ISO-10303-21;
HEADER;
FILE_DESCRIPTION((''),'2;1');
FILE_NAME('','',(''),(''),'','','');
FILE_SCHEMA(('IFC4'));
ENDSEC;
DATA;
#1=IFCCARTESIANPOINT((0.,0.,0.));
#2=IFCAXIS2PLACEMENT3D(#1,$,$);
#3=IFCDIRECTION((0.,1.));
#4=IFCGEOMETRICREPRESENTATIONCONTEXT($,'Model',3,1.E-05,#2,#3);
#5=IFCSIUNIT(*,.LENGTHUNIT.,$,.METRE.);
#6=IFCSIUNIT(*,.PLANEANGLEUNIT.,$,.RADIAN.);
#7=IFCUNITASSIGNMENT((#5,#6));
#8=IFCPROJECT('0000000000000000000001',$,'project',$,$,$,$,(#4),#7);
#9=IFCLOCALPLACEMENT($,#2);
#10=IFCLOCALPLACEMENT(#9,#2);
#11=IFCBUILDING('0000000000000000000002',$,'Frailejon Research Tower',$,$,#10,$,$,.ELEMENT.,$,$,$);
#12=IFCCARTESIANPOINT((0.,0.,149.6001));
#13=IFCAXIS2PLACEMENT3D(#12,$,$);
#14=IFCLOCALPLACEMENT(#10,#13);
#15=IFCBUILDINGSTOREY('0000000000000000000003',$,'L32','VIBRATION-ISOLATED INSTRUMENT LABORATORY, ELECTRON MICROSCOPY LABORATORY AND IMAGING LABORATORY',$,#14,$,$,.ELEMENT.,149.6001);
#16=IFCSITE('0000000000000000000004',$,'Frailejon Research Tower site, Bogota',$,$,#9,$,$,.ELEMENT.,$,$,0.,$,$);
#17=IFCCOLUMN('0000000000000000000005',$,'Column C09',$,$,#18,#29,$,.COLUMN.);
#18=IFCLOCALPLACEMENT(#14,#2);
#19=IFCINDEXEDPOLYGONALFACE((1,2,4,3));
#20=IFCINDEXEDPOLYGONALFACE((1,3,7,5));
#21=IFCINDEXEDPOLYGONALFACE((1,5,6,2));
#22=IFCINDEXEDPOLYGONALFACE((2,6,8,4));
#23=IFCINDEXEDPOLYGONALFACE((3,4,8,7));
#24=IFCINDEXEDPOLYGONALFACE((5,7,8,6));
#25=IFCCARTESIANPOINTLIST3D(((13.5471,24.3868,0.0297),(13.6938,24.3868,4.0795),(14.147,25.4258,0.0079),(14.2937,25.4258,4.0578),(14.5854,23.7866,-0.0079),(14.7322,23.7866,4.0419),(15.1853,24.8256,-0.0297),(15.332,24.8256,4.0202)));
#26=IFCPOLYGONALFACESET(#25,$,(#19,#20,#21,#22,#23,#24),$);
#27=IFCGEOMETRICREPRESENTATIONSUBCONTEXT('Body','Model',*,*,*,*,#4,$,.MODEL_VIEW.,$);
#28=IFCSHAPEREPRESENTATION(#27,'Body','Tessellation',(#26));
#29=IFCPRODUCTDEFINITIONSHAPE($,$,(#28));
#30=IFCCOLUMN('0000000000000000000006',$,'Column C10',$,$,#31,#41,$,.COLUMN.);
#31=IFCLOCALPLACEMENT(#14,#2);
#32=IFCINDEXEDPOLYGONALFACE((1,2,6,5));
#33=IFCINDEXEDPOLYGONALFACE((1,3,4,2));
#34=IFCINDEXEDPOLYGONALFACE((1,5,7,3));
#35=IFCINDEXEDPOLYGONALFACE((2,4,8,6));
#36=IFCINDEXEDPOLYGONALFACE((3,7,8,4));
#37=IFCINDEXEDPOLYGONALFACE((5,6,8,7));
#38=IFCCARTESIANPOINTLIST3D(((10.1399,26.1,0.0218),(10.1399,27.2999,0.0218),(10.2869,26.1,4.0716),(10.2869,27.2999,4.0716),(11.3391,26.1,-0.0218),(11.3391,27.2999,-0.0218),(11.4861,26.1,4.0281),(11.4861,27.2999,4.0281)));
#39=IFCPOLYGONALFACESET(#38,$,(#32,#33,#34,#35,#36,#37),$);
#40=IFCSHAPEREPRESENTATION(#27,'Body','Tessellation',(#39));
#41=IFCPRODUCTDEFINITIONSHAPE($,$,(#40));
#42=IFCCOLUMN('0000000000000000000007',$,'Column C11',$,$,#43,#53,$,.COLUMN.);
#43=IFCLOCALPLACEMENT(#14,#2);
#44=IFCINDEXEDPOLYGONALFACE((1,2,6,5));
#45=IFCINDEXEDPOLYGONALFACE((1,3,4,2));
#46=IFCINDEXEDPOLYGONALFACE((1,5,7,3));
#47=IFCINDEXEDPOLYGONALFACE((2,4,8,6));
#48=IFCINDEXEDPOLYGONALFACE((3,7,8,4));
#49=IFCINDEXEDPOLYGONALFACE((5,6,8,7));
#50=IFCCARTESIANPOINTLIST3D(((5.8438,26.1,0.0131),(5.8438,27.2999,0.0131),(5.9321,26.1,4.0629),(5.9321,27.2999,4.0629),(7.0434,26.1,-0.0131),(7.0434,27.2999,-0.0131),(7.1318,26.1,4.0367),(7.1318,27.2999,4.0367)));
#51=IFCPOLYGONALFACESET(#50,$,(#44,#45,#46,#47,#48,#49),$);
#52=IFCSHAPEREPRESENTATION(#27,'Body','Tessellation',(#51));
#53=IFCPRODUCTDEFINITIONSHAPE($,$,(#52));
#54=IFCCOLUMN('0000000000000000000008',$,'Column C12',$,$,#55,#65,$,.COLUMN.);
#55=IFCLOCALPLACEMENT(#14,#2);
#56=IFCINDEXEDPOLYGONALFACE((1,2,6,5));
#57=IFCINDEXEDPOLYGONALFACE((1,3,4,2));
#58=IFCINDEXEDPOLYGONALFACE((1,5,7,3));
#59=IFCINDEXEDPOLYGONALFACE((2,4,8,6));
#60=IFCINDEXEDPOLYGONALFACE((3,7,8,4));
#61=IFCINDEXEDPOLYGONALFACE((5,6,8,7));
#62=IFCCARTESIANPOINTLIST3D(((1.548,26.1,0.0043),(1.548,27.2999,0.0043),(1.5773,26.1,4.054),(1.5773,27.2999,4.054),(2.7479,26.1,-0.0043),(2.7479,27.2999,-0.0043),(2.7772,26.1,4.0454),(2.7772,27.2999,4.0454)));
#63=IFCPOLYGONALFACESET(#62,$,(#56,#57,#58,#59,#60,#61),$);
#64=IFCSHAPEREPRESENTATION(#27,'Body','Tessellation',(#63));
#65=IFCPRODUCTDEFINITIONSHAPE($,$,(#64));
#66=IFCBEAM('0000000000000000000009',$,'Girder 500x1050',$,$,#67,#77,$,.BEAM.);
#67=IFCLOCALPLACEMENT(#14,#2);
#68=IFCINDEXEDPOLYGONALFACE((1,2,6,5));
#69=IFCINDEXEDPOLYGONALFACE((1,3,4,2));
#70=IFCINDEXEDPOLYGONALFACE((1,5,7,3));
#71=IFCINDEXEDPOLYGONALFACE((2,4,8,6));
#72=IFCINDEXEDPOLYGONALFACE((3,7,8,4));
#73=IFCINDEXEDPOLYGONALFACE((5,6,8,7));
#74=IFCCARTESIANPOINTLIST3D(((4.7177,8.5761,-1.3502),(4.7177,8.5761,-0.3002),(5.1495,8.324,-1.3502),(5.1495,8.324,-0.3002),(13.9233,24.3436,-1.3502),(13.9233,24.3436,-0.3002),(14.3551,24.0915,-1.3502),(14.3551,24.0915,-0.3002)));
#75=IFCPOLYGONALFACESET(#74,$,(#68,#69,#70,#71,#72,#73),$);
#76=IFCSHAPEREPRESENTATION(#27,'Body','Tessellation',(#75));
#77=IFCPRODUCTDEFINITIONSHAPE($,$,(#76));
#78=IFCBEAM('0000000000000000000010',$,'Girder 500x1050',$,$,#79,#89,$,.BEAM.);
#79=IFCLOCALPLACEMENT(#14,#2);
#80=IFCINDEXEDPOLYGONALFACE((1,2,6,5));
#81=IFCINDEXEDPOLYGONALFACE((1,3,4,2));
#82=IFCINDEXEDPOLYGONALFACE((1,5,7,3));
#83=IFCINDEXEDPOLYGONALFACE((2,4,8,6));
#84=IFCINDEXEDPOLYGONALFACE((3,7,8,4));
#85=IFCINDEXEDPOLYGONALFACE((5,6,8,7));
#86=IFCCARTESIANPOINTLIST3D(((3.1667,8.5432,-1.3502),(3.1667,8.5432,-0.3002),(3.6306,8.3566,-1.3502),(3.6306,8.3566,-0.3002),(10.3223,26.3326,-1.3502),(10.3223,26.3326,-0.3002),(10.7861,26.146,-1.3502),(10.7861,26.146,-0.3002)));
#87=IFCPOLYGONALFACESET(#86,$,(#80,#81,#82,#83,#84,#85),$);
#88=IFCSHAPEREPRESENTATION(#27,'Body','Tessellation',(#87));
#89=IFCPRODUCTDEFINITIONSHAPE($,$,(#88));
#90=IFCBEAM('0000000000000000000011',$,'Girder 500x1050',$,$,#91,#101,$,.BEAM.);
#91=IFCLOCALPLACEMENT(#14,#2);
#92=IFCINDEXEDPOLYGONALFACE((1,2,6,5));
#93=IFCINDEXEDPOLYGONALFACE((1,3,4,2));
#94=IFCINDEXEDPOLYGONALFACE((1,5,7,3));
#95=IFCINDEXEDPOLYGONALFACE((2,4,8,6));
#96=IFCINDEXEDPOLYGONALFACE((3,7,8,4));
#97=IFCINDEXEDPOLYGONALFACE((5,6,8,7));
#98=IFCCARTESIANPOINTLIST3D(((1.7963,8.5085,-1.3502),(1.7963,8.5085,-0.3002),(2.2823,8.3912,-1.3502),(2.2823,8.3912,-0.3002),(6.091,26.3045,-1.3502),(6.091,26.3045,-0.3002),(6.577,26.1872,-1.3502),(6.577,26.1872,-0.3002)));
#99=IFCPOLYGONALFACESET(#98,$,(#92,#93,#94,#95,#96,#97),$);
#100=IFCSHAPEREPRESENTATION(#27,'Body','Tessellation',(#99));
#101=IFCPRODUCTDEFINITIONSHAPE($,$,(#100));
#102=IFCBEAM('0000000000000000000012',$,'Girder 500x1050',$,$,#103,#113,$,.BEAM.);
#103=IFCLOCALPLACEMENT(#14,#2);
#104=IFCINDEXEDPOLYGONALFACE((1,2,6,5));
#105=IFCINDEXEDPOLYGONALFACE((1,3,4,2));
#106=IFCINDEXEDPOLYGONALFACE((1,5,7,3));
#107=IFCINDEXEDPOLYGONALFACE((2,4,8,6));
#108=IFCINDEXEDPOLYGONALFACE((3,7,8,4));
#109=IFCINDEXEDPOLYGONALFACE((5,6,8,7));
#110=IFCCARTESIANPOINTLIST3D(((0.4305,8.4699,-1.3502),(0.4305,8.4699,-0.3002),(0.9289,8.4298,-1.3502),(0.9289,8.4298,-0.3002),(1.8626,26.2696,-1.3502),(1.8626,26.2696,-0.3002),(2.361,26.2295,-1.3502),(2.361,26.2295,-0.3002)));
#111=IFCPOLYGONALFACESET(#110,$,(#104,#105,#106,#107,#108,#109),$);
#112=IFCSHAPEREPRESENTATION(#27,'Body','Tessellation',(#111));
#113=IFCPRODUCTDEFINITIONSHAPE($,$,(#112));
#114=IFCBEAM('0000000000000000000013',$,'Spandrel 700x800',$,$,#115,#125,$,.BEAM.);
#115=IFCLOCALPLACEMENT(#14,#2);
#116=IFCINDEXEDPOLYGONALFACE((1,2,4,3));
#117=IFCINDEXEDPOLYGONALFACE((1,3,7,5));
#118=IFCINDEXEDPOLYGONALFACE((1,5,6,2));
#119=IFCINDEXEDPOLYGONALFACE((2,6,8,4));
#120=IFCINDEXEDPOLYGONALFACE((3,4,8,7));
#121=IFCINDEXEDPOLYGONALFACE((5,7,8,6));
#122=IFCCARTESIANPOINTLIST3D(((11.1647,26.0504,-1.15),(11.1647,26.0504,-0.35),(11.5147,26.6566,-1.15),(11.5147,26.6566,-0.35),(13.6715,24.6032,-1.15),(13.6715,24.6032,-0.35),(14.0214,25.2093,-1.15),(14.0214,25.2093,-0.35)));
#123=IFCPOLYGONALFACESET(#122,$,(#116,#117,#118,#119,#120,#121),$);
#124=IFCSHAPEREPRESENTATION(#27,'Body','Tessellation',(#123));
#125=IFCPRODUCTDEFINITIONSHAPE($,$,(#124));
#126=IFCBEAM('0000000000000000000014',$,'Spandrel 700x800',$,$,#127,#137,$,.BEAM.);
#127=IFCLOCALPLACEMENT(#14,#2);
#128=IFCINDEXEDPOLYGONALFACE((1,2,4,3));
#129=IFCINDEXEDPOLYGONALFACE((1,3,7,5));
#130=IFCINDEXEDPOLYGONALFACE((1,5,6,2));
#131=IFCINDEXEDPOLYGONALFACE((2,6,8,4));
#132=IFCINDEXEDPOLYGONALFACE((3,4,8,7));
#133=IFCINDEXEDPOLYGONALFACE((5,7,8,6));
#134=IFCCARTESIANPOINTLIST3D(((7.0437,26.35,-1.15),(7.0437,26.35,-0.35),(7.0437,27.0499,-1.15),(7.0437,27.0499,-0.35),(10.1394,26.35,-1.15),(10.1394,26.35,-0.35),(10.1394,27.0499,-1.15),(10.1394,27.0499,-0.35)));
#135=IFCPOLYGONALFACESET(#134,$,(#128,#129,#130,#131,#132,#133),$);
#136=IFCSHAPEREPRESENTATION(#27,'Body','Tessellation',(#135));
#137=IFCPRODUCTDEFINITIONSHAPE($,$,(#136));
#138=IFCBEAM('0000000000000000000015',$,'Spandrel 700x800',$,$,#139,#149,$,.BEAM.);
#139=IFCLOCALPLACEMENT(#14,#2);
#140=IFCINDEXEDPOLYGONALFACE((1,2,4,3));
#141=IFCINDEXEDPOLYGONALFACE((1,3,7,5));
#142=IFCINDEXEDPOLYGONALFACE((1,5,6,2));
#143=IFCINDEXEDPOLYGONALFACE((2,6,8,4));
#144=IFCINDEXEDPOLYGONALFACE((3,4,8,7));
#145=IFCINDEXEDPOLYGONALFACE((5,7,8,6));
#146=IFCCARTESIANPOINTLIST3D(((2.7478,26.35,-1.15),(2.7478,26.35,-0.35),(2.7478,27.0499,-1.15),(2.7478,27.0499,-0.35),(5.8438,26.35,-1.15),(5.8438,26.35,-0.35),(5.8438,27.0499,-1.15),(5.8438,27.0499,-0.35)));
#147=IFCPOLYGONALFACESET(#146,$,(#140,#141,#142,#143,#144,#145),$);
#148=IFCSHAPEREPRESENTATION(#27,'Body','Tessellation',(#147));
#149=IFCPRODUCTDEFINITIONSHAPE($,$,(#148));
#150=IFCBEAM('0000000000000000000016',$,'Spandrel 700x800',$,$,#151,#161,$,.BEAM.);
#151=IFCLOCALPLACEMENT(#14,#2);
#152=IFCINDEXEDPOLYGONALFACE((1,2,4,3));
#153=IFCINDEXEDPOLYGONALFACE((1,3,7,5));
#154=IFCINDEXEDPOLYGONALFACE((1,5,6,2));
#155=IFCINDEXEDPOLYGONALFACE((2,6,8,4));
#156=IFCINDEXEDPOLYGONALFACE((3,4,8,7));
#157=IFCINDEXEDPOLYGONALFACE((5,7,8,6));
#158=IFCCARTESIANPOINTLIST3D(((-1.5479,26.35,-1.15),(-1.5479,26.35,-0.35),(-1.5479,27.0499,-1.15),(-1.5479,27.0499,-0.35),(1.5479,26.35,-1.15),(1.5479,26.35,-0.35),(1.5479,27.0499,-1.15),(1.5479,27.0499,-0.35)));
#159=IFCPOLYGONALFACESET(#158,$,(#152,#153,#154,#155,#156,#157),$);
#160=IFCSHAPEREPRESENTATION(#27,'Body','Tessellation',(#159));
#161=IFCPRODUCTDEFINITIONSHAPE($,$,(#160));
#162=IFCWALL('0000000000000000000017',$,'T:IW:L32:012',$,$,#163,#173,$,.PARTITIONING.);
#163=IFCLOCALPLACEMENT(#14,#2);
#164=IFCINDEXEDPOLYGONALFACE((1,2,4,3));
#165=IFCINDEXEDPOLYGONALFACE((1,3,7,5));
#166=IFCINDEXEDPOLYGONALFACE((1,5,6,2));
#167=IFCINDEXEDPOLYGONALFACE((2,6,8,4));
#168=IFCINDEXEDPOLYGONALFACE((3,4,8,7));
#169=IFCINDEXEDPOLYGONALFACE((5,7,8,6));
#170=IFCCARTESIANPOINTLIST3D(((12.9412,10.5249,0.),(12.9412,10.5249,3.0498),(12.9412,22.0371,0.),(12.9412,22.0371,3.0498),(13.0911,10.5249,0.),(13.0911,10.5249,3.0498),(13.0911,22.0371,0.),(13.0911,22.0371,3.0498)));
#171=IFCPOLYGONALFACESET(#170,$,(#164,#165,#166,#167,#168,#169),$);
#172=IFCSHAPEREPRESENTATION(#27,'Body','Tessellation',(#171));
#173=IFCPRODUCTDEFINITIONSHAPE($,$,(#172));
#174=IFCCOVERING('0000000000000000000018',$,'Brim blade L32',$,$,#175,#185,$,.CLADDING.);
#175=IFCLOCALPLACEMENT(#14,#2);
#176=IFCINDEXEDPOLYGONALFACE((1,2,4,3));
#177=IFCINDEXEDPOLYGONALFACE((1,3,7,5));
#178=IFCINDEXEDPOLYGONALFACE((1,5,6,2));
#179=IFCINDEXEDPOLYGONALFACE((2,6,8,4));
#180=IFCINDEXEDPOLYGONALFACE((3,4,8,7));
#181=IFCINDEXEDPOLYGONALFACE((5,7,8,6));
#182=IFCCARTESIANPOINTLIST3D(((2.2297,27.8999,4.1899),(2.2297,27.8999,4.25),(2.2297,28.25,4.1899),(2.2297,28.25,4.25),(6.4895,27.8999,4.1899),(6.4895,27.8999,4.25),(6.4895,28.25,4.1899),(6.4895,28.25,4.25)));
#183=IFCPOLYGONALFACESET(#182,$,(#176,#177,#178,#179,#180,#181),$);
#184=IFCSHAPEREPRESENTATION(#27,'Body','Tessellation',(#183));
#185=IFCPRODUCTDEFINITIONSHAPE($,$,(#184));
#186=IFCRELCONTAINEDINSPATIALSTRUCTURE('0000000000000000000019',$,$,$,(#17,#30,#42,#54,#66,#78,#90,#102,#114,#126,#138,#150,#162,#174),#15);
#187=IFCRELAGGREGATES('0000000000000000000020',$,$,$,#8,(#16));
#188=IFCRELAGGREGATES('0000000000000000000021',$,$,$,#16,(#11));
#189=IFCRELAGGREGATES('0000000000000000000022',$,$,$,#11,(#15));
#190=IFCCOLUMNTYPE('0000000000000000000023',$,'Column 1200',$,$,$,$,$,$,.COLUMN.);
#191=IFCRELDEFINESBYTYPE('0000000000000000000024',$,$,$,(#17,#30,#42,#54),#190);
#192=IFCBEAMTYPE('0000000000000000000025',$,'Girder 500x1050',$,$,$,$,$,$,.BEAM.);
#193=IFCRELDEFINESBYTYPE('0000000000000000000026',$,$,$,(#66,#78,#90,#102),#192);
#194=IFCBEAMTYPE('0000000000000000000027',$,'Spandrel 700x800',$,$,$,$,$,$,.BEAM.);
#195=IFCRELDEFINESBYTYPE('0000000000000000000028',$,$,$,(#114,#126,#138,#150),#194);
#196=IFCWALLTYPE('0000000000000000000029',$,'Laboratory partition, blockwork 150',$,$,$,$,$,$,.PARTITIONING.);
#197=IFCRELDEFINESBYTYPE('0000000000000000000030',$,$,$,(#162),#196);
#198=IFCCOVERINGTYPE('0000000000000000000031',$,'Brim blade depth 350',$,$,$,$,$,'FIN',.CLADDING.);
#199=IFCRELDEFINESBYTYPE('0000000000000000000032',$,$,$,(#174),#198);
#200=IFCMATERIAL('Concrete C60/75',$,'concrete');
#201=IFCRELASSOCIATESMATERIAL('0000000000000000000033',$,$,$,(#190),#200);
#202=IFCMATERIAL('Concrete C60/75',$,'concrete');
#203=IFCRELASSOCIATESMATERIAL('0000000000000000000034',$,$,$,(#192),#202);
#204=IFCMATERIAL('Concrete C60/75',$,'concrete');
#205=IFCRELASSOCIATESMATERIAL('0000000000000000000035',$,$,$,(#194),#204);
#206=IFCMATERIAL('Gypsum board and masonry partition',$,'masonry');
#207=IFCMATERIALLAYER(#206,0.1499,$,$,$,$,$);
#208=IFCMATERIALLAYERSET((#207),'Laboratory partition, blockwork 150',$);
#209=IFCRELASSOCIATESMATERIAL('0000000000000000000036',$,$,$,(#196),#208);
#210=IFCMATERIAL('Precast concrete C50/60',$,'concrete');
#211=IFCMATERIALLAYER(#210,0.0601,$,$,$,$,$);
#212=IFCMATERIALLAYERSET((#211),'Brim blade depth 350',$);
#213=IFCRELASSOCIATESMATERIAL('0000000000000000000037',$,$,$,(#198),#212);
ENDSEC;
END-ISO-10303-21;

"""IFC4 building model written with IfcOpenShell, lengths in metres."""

from ifc_helpers import new_model, si_unit, direction, frame, frame_2d, origin, origin_2d, place, context, subcontext, project, spatial, polyline, rectangle, outline, extrude, material, layer, layer_set, material_profile, profile_set, type_object, element, save


model = new_model("IFC4")

# Units and contexts
model_context = context("Model", 3, precision=1e-05, world=origin(), true_north=direction((0.0, 1.0)))
body_context = subcontext(model_context, "Body", "Model", "MODEL_VIEW")
ifc_project = project(units=[si_unit("LENGTHUNIT", "METRE"), si_unit("PLANEANGLEUNIT", "RADIAN")], contexts=[model_context])

# Site, building, storey
site_placement = place(None, origin())
site = spatial("IfcSite", under=ifc_project, at=site_placement, Name="Frailejon Research Tower site, Bogota", CompositionType="ELEMENT", RefElevation=0.0)
building_placement = place(site_placement, origin())
building = spatial("IfcBuilding", under=site, at=building_placement, Name="Frailejon Research Tower", CompositionType="ELEMENT")
storey_placement = place(building_placement, frame((0.0, 0.0, 149.6001)))
storey = spatial("IfcBuildingStorey", under=building, at=storey_placement, Name="L32", Description="VIBRATION-ISOLATED INSTRUMENT LABORATORY, ELECTRON MICROSCOPY LABORATORY AND IMAGING LABORATORY", CompositionType="ELEMENT", Elevation=149.6001)

# Columns
ifc_material_1 = material(Name="Concrete C60/75", Category="concrete")
ifc_material_profile_1 = material_profile(ifc_material_1, rectangle(XDim=1.2, YDim=1.2, at=origin_2d()), Name="Column 1200")
ifc_profile_set_1 = profile_set([ifc_material_profile_1], Name="Concrete C60/75")
column_type = type_object("IfcColumnType", Name="Column 1200", PredefinedType="COLUMN", material=ifc_profile_set_1)
for number, where, z_axis, x_axis, name in (
    (1, (14.3662, 24.6062, 0.0), (0.036207, 0.0, 0.999344), (-0.865315, 0.500246, 0.031351), "Column C09"),
    (2, (10.7395, 26.7, 0.0), (0.036267, 0.0, 0.999342), (-0.999342, 0.0, 0.036267), "Column C10"),
):
    element("IfcColumn", number, at=place(storey_placement, frame(where, z_axis=z_axis, x_axis=x_axis)), inside=storey, type_object=column_type, Name=name, PredefinedType="COLUMN", context=body_context, shape_type="SweptSolid", body=[
        extrude(rectangle(XDim=1.2, YDim=1.2, at=origin_2d()), origin(), (0.0, 0.0, 1.0), 4.0525),
    ])
column_1_placement = place(storey_placement, frame((6.4436, 26.7, 0.0), z_axis=(0.021818, 0.0, 0.999762), x_axis=(-0.999762, 0.0, 0.021818)))
element("IfcColumn", 3, at=column_1_placement, inside=storey, type_object=column_type, Name="Column C11", PredefinedType="COLUMN", context=body_context, shape_type="SweptSolid", body=[
    extrude(rectangle(XDim=1.2, YDim=1.2, at=origin_2d()), origin(), (0.0, 0.0, 1.0), 4.0508),
])
column_2_placement = place(storey_placement, frame((2.1479, 26.7, 0.0), z_axis=(0.007234, 0.0, 0.999974), x_axis=(-0.999974, 0.0, 0.007234)))
element("IfcColumn", 4, at=column_2_placement, inside=storey, type_object=column_type, Name="Column C12", PredefinedType="COLUMN", context=body_context, shape_type="SweptSolid", body=[
    extrude(rectangle(XDim=1.2, YDim=1.2, at=origin_2d()), origin(), (0.0, 0.0, 1.0), 4.0498),
])

# Beams
ifc_material_2 = material(Name="Concrete C60/75", Category="concrete")
ifc_material_profile_2 = material_profile(ifc_material_2, rectangle(XDim=0.5, YDim=1.05, at=origin_2d()), Name="Girder 500x1050")
ifc_profile_set_2 = profile_set([ifc_material_profile_2], Name="Concrete C60/75")
beam_type_1 = type_object("IfcBeamType", Name="Girder 500x1050", PredefinedType="BEAM", material=ifc_profile_set_2)
beam_1_placement = place(storey_placement, frame((14.1392, 24.2175, -0.8252), z_axis=(-0.50419, -0.863593, 0.0), x_axis=(0.863593, -0.50419, 0.0)))
element("IfcBeam", 5, at=beam_1_placement, inside=storey, type_object=beam_type_1, Name="Girder 500x1050", PredefinedType="BEAM", context=body_context, shape_type="SweptSolid", body=[
    extrude(rectangle(XDim=0.5, YDim=1.05, at=origin_2d()), origin(), (0.0, 0.0, 1.0), 18.2581),
])
beam_2_placement = place(storey_placement, frame((10.5542, 26.2393, -0.8252), z_axis=(-0.373179, -0.927759, 0.0), x_axis=(0.927759, -0.373179, 0.0)))
element("IfcBeam", 6, at=beam_2_placement, inside=storey, type_object=beam_type_1, Name="Girder 500x1050", PredefinedType="BEAM", context=body_context, shape_type="SweptSolid", body=[
    extrude(rectangle(XDim=0.5, YDim=1.05, at=origin_2d()), origin(), (0.0, 0.0, 1.0), 19.1746),
])
beam_3_placement = place(storey_placement, frame((6.334, 26.2458, -0.8252), z_axis=(-0.234595, -0.972093, 0.0), x_axis=(0.972093, -0.234595, 0.0)))
element("IfcBeam", 7, at=beam_3_placement, inside=storey, type_object=beam_type_1, Name="Girder 500x1050", PredefinedType="BEAM", context=body_context, shape_type="SweptSolid", body=[
    extrude(rectangle(XDim=0.5, YDim=1.05, at=origin_2d()), origin(), (0.0, 0.0, 1.0), 18.3069),
])
beam_4_placement = place(storey_placement, frame((2.1118, 26.2495, -0.8252), z_axis=(-0.080199, -0.996779, 0.0), x_axis=(0.996779, -0.080199, 0.0)))
element("IfcBeam", 8, at=beam_4_placement, inside=storey, type_object=beam_type_1, Name="Girder 500x1050", PredefinedType="BEAM", context=body_context, shape_type="SweptSolid", body=[
    extrude(rectangle(XDim=0.5, YDim=1.05, at=origin_2d()), origin(), (0.0, 0.0, 1.0), 17.8572),
])
ifc_material_3 = material(Name="Concrete C60/75", Category="concrete")
ifc_material_profile_3 = material_profile(ifc_material_3, rectangle(XDim=0.7, YDim=0.8, at=origin_2d()), Name="Spandrel 700x800")
ifc_profile_set_3 = profile_set([ifc_material_profile_3], Name="Concrete C60/75")
beam_type_2 = type_object("IfcBeamType", Name="Spandrel 700x800", PredefinedType="BEAM", material=ifc_profile_set_3)
beam_5_placement = place(storey_placement, frame((13.8464, 24.9062, -0.75), z_axis=(-0.866034, 0.499985, 0.0), x_axis=(-0.499985, -0.866034, 0.0)))
element("IfcBeam", 9, at=beam_5_placement, inside=storey, type_object=beam_type_2, Name="Spandrel 700x800", PredefinedType="BEAM", context=body_context, shape_type="SweptSolid", body=[
    extrude(rectangle(XDim=0.7, YDim=0.8, at=origin_2d()), origin(), (0.0, 0.0, 1.0), 2.8945),
])
beam_6_placement = place(storey_placement, frame((10.1394, 26.7, -0.75), z_axis=(-1.0, 0.0, 0.0), x_axis=(0.0, -1.0, 0.0)))
element("IfcBeam", 10, at=beam_6_placement, inside=storey, type_object=beam_type_2, Name="Spandrel 700x800", PredefinedType="BEAM", context=body_context, shape_type="SweptSolid", body=[
    extrude(rectangle(XDim=0.7, YDim=0.8, at=origin_2d()), origin(), (0.0, 0.0, 1.0), 3.0957),
])
beam_7_placement = place(storey_placement, frame((5.8438, 26.7, -0.75), z_axis=(-1.0, 0.0, 0.0), x_axis=(0.0, -1.0, 0.0)))
element("IfcBeam", 11, at=beam_7_placement, inside=storey, type_object=beam_type_2, Name="Spandrel 700x800", PredefinedType="BEAM", context=body_context, shape_type="SweptSolid", body=[
    extrude(rectangle(XDim=0.7, YDim=0.8, at=origin_2d()), origin(), (0.0, 0.0, 1.0), 3.0959),
])
beam_8_placement = place(storey_placement, frame((1.5479, 26.7, -0.75), z_axis=(-1.0, 0.0, 0.0), x_axis=(0.0, -1.0, 0.0)))
element("IfcBeam", 12, at=beam_8_placement, inside=storey, type_object=beam_type_2, Name="Spandrel 700x800", PredefinedType="BEAM", context=body_context, shape_type="SweptSolid", body=[
    extrude(rectangle(XDim=0.7, YDim=0.8, at=origin_2d()), origin(), (0.0, 0.0, 1.0), 3.0957),
])

# Wall
ifc_material_4 = material(Name="Gypsum board and masonry partition", Category="masonry")
ifc_layer_1 = layer(ifc_material_4, 0.1499)
ifc_layer_set_1 = layer_set([ifc_layer_1], Name="Laboratory partition, blockwork 150")
wall_type_1 = type_object("IfcWallType", Name="Laboratory partition, blockwork 150", PredefinedType="PARTITIONING", material=ifc_layer_set_1)
wall_1_placement = place(storey_placement, frame((13.0161, 10.5249, 0.0), z_axis=(0.0, 0.0, 1.0), x_axis=(0.0, 1.0, 0.0)))
element("IfcWall", 13, at=wall_1_placement, inside=storey, type_object=wall_type_1, Name="T:IW:L32:012", PredefinedType="PARTITIONING", context=body_context, shape_type="SweptSolid", body=[
    extrude(rectangle(XDim=11.5122, YDim=0.1499, at=frame_2d((5.7561, 0.0))), origin(), (0.0, 0.0, 1.0), 3.0498),
])

# Covering
ifc_material_5 = material(Name="Precast concrete C50/60", Category="concrete")
ifc_layer_2 = layer(ifc_material_5, 0.0601)
ifc_layer_set_2 = layer_set([ifc_layer_2], Name="Brim blade depth 350")
covering_type_1 = type_object("IfcCoveringType", Name="Brim blade depth 350", ElementType="FIN", PredefinedType="CLADDING", material=ifc_layer_set_2)
covering_1_placement = place(storey_placement, frame((2.2297, 27.8999, 4.25), z_axis=(1.0, 0.0, 0.0), x_axis=(0.0, 1.0, 0.0)))
element("IfcCovering", 14, at=covering_1_placement, inside=storey, type_object=covering_type_1, Name="Brim blade L32", PredefinedType="CLADDING", context=body_context, shape_type="SweptSolid", body=[
    extrude(outline(polyline([(0.0, -0.0601), (0.3501, -0.0601), (0.3501, 0.0), (0.0, 0.0), (0.0, -0.0601)])), origin(), (0.0, 0.0, 1.0), 4.2598),
])

save(model, "model.ifc")
